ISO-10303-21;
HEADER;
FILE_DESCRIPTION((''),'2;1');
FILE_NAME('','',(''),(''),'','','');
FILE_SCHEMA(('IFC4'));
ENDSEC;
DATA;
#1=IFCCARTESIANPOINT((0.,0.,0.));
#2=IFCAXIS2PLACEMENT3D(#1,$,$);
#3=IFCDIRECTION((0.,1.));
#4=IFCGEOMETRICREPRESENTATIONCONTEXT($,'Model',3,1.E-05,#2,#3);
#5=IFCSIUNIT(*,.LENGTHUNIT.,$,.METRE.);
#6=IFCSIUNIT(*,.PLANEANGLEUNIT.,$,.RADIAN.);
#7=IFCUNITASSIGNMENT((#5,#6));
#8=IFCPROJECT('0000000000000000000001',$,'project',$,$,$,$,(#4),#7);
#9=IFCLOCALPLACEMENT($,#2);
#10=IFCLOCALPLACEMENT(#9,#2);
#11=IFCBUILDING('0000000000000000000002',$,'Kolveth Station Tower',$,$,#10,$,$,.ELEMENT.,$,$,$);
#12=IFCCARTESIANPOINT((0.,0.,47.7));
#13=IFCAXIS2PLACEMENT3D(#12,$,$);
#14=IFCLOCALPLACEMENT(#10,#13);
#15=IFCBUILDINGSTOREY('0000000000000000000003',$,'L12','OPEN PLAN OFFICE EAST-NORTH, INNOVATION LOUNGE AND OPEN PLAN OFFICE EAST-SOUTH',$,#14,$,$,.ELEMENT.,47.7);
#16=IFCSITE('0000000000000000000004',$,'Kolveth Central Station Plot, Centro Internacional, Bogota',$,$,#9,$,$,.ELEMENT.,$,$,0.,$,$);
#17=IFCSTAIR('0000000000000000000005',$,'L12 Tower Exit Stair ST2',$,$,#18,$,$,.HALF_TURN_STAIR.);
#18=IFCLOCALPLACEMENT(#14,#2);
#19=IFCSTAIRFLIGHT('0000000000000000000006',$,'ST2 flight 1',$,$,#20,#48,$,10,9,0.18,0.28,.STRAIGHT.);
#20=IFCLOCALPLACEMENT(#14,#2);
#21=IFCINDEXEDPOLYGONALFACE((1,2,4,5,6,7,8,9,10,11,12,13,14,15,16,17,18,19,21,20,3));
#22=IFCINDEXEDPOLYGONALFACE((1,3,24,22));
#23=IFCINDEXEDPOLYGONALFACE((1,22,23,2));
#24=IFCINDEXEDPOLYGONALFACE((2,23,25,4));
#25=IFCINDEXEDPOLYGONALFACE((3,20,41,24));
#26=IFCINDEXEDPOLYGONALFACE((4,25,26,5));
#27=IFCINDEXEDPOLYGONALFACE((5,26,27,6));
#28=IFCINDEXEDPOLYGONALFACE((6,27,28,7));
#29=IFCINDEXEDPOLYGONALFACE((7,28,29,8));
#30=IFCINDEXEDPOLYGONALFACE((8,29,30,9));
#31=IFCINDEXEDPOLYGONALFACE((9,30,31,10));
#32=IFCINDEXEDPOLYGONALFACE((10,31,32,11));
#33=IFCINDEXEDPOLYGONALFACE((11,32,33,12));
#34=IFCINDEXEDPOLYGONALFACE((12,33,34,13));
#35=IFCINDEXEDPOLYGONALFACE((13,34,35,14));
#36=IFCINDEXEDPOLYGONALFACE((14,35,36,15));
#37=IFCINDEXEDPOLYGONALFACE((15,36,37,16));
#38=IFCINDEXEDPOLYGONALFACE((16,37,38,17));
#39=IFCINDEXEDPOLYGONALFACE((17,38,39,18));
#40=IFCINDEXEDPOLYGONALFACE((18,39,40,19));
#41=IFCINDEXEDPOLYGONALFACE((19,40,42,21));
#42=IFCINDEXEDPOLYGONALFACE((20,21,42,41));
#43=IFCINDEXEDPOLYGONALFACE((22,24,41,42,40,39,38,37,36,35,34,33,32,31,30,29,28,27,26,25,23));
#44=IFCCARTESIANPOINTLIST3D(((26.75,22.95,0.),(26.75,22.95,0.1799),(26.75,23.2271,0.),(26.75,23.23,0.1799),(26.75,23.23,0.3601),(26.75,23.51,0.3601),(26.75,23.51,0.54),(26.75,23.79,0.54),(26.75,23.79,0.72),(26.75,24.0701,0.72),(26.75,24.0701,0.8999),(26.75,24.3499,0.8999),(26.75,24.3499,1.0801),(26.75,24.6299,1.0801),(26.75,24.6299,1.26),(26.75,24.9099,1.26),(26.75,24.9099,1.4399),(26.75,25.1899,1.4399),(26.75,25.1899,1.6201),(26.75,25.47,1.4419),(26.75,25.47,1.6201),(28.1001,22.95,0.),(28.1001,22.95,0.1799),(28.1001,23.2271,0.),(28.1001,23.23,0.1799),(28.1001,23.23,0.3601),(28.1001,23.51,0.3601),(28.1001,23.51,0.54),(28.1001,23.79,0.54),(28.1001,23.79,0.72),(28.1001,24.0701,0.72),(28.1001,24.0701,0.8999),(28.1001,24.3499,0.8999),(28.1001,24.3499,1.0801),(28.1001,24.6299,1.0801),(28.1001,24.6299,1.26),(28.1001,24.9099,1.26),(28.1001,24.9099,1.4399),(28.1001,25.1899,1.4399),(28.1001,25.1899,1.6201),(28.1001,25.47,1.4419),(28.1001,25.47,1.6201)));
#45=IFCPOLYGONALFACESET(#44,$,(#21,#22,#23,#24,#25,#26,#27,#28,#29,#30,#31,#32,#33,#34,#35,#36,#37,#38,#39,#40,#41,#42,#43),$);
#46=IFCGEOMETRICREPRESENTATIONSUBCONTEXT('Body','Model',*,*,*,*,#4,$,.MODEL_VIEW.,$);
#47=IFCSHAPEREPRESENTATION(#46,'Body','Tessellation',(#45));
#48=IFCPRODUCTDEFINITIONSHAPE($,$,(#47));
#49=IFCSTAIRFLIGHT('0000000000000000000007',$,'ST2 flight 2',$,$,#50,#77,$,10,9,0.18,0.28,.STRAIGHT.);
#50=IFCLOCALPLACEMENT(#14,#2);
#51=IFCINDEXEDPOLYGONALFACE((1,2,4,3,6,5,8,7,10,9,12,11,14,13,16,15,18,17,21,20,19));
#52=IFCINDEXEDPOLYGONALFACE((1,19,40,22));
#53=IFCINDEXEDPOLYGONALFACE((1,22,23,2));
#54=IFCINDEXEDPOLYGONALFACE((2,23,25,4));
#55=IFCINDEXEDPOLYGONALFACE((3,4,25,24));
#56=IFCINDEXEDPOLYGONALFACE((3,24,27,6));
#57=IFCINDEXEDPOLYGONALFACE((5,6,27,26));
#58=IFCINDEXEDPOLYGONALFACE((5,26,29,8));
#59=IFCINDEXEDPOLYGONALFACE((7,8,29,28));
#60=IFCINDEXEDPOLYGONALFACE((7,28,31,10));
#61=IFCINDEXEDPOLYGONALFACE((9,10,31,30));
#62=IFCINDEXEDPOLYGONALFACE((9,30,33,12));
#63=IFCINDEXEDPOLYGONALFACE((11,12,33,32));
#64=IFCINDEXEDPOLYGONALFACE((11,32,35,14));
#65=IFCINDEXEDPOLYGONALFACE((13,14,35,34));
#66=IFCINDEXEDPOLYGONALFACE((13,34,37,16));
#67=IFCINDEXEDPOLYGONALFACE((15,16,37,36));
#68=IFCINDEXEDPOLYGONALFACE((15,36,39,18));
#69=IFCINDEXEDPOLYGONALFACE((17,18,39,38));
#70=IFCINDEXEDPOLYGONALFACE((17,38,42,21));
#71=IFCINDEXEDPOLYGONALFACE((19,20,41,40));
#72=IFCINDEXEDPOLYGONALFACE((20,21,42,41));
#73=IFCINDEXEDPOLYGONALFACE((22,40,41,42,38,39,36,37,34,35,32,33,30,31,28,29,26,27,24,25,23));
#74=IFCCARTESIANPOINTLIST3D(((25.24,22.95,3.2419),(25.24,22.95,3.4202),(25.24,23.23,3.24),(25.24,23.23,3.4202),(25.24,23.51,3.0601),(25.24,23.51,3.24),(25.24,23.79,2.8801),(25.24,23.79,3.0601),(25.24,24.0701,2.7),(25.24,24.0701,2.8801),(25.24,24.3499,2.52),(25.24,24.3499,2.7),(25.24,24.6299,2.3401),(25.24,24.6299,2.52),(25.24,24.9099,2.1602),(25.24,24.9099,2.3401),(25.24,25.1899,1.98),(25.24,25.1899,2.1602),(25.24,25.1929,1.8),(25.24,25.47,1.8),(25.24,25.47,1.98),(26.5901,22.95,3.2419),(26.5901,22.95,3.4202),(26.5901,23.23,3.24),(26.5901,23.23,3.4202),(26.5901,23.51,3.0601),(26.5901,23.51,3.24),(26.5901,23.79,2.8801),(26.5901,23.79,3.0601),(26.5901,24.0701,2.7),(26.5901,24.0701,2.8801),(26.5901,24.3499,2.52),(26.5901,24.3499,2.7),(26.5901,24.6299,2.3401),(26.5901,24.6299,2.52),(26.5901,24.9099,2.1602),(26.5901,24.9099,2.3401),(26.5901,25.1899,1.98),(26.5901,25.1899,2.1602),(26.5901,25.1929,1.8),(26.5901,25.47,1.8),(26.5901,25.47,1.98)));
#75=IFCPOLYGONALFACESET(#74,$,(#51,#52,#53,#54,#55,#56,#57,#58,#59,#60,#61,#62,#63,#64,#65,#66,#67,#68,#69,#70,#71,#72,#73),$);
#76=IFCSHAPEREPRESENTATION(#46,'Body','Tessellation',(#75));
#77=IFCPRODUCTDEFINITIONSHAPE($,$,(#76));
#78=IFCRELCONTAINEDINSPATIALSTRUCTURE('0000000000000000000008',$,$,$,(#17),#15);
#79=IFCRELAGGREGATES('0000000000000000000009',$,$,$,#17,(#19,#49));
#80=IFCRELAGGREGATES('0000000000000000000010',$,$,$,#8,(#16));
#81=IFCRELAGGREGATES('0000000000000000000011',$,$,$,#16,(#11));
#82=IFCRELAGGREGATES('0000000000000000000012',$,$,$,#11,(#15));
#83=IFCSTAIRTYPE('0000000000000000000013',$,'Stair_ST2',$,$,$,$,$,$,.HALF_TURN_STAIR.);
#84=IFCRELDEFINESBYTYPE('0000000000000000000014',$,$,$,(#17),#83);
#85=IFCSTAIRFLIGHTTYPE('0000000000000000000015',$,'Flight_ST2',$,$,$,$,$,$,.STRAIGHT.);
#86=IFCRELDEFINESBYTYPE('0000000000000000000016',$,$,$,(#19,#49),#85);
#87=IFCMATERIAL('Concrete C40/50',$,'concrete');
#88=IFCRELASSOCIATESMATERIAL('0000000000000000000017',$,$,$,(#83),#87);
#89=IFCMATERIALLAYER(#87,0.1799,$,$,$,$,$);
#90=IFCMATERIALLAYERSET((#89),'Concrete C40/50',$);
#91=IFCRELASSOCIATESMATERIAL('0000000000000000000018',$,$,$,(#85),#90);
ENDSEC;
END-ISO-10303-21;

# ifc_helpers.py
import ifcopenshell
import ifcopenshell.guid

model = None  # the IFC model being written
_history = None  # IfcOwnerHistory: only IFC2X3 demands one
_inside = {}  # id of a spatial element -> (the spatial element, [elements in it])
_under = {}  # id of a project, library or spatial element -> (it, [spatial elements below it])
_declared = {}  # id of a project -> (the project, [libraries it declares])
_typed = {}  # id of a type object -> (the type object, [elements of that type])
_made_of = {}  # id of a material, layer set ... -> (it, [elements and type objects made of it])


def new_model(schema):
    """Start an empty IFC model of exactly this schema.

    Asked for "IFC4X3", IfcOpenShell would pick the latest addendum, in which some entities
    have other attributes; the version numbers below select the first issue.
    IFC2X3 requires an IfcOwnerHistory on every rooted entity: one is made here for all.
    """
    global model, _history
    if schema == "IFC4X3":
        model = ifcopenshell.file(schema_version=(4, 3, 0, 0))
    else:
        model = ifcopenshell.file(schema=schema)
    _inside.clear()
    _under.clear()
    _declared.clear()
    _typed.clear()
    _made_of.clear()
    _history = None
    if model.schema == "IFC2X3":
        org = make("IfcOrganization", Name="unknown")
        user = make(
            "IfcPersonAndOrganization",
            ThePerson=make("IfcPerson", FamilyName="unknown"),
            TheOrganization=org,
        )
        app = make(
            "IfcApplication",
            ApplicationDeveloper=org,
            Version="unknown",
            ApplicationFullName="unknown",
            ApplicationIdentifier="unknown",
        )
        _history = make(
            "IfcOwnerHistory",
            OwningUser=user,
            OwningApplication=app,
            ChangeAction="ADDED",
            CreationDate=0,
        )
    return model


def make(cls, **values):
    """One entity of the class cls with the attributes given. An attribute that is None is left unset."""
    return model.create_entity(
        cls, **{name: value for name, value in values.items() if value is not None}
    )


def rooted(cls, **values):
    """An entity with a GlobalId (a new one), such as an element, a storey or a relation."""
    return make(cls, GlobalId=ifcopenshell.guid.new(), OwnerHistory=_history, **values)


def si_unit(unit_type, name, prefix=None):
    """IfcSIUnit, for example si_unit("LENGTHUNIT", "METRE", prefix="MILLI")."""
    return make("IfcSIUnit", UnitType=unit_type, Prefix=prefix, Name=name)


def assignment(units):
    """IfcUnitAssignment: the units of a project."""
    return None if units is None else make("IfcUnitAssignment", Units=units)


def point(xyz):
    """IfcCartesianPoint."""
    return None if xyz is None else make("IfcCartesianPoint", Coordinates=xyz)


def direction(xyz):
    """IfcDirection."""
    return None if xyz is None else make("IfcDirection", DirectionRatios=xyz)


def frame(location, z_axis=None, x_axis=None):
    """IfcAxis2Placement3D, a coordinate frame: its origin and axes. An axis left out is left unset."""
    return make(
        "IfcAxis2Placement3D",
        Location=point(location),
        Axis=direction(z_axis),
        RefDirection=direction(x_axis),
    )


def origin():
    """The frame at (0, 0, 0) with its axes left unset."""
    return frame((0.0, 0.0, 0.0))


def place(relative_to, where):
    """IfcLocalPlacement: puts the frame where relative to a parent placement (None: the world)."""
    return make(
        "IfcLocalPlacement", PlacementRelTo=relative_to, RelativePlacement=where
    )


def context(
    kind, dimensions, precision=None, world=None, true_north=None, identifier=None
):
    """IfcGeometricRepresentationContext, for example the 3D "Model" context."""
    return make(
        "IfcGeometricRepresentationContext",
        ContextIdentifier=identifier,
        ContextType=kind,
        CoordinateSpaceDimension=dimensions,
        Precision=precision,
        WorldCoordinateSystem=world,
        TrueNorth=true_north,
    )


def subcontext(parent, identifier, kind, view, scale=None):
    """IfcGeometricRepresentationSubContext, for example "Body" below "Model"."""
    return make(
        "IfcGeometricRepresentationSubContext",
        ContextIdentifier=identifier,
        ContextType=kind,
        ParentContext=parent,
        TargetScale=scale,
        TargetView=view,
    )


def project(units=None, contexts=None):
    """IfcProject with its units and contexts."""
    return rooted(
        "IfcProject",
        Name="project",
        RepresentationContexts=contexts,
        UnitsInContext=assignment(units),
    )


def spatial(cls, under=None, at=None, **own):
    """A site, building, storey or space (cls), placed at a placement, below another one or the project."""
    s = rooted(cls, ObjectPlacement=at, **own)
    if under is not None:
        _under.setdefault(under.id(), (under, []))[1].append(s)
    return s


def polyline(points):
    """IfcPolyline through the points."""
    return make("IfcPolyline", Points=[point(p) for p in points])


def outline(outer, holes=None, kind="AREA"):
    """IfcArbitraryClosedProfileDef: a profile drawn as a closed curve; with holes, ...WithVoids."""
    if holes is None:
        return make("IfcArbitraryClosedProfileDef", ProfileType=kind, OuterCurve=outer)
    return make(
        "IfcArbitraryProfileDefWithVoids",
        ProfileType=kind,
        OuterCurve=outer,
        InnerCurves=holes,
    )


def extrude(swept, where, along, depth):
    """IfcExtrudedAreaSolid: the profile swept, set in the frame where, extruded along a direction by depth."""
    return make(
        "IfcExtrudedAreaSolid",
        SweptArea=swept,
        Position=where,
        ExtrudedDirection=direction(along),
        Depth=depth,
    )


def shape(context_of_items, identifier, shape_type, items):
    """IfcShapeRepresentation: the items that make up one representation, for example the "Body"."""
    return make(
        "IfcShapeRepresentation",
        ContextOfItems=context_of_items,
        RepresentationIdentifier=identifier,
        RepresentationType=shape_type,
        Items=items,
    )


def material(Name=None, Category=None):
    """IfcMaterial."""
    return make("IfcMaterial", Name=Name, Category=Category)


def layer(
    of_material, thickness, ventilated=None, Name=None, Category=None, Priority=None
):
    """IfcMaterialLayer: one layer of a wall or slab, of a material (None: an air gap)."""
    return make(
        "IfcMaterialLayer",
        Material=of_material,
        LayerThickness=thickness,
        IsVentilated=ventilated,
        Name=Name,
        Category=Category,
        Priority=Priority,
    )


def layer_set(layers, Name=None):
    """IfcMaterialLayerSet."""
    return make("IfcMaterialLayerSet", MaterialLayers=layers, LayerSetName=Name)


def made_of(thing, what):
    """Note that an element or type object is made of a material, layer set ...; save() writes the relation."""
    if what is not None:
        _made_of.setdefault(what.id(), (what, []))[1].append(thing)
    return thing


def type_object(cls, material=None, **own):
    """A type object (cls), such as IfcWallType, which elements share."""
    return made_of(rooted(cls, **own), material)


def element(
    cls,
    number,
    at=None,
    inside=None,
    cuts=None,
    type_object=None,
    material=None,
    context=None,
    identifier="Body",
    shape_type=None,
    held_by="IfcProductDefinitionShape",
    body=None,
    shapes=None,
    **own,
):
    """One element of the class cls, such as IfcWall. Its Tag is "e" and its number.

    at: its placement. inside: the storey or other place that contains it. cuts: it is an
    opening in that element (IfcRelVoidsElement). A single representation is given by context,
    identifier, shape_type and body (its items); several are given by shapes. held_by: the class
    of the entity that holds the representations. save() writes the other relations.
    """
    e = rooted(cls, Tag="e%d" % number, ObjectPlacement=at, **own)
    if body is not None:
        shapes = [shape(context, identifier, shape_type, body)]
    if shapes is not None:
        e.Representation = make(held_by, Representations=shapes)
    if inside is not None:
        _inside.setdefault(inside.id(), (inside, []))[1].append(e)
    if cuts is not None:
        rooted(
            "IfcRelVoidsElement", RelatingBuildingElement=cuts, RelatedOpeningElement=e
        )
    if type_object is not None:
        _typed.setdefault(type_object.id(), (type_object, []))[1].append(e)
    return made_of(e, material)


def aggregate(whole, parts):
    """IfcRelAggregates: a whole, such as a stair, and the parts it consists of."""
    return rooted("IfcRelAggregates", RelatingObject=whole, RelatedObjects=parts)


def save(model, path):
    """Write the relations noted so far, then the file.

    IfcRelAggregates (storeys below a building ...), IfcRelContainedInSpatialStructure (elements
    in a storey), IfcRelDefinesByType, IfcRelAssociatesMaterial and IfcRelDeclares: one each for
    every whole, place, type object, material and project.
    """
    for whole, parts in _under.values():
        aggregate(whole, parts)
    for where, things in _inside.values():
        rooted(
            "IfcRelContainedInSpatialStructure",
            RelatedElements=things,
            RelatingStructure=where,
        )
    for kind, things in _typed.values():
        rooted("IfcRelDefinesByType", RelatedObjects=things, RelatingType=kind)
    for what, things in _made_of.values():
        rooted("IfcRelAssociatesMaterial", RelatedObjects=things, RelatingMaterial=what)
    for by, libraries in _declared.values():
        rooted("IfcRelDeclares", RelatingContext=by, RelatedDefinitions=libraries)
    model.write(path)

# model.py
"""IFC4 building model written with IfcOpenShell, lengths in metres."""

from ifc_helpers import new_model, si_unit, direction, frame, origin, place, context, subcontext, project, spatial, polyline, outline, extrude, material, layer, layer_set, type_object, element, aggregate, save


model = new_model("IFC4")

# Units and contexts
model_context = context("Model", 3, precision=1e-05, world=origin(), true_north=direction((0.0, 1.0)))
body_context = subcontext(model_context, "Body", "Model", "MODEL_VIEW")
ifc_project = project(units=[si_unit("LENGTHUNIT", "METRE"), si_unit("PLANEANGLEUNIT", "RADIAN")], contexts=[model_context])

# Site, building, storey
site_placement = place(None, origin())
site = spatial("IfcSite", under=ifc_project, at=site_placement, Name="Kolveth Central Station Plot, Centro Internacional, Bogota", CompositionType="ELEMENT", RefElevation=0.0)
building_placement = place(site_placement, origin())
building = spatial("IfcBuilding", under=site, at=building_placement, Name="Kolveth Station Tower", CompositionType="ELEMENT")
storey_placement = place(building_placement, frame((0.0, 0.0, 47.7)))
storey = spatial("IfcBuildingStorey", under=building, at=storey_placement, Name="L12", Description="OPEN PLAN OFFICE EAST-NORTH, INNOVATION LOUNGE AND OPEN PLAN OFFICE EAST-SOUTH", CompositionType="ELEMENT", Elevation=47.7)

# Shared definitions
ifc_material_1 = material(Name="Concrete C40/50", Category="concrete")

# Stair, stair flights
stair_type = type_object("IfcStairType", Name="Stair_ST2", PredefinedType="HALF_TURN_STAIR", material=ifc_material_1)
stair_placement = place(storey_placement, origin())
stair = element("IfcStair", 1, at=stair_placement, inside=storey, type_object=stair_type, Name="L12 Tower Exit Stair ST2", PredefinedType="HALF_TURN_STAIR")
ifc_layer_1 = layer(ifc_material_1, 0.1799)
ifc_layer_set_1 = layer_set([ifc_layer_1], Name="Concrete C40/50")
stair_flight_type = type_object("IfcStairFlightType", Name="Flight_ST2", PredefinedType="STRAIGHT", material=ifc_layer_set_1)
stair_flight_1_placement = place(storey_placement, frame((27.425, 22.95, 0.0), z_axis=(0.0, 0.0, 1.0), x_axis=(0.0, 1.0, 0.0)))
stair_flight_1 = element("IfcStairFlight", 2, at=stair_flight_1_placement, type_object=stair_flight_type, Name="ST2 flight 1", NumberOfRisers=10, NumberOfTreads=9, PredefinedType="STRAIGHT", RiserHeight=0.18, TreadLength=0.28, context=body_context, shape_type="SweptSolid", body=[
    extrude(outline(polyline([(0.0, 0.0), (0.0, 0.1799), (0.28, 0.1799), (0.28, 0.3601), (0.5601, 0.3601), (0.5601, 0.54), (0.8401, 0.54), (0.8401, 0.72), (1.1201, 0.72), (1.1201, 0.8999), (1.3999, 0.8999), (1.3999, 1.0801), (1.6799, 1.0801), (1.6799, 1.26), (1.96, 1.26), (1.96, 1.4399), (2.24, 1.4399), (2.24, 1.6201), (2.52, 1.6201), (2.52, 1.8), (2.52, 1.4419), (0.2771, 0.0), (0.0, 0.0)])), frame((0.0, 0.675, 0.0), z_axis=(0.0, -1.0, 0.0), x_axis=(1.0, 0.0, 0.0)), (0.0, 0.0, 1.0), 1.3501),
])
stair_flight_2_placement = place(storey_placement, frame((25.915, 25.47, 1.8), z_axis=(0.0, 0.0, 1.0), x_axis=(0.0, -1.0, 0.0)))
stair_flight_2 = element("IfcStairFlight", 3, at=stair_flight_2_placement, type_object=stair_flight_type, Name="ST2 flight 2", NumberOfRisers=10, NumberOfTreads=9, PredefinedType="STRAIGHT", RiserHeight=0.18, TreadLength=0.28, context=body_context, shape_type="SweptSolid", body=[
    extrude(outline(polyline([(0.0, 0.0), (0.0, 0.1799), (0.28, 0.1799), (0.28, 0.3601), (0.5601, 0.3601), (0.5601, 0.54), (0.8401, 0.54), (0.8401, 0.72), (1.1201, 0.72), (1.1201, 0.8999), (1.3999, 0.8999), (1.3999, 1.0801), (1.6799, 1.0801), (1.6799, 1.26), (1.96, 1.26), (1.96, 1.4399), (2.24, 1.4399), (2.24, 1.6201), (2.52, 1.6201), (2.52, 1.8), (2.52, 1.4419), (0.2771, 0.0), (0.0, 0.0)])), frame((0.0, 0.675, 0.0), z_axis=(0.0, -1.0, 0.0), x_axis=(1.0, 0.0, 0.0)), (0.0, 0.0, 1.0), 1.3501),
])
aggregate(stair, [stair_flight_1, stair_flight_2])

save(model, "model.ifc")
